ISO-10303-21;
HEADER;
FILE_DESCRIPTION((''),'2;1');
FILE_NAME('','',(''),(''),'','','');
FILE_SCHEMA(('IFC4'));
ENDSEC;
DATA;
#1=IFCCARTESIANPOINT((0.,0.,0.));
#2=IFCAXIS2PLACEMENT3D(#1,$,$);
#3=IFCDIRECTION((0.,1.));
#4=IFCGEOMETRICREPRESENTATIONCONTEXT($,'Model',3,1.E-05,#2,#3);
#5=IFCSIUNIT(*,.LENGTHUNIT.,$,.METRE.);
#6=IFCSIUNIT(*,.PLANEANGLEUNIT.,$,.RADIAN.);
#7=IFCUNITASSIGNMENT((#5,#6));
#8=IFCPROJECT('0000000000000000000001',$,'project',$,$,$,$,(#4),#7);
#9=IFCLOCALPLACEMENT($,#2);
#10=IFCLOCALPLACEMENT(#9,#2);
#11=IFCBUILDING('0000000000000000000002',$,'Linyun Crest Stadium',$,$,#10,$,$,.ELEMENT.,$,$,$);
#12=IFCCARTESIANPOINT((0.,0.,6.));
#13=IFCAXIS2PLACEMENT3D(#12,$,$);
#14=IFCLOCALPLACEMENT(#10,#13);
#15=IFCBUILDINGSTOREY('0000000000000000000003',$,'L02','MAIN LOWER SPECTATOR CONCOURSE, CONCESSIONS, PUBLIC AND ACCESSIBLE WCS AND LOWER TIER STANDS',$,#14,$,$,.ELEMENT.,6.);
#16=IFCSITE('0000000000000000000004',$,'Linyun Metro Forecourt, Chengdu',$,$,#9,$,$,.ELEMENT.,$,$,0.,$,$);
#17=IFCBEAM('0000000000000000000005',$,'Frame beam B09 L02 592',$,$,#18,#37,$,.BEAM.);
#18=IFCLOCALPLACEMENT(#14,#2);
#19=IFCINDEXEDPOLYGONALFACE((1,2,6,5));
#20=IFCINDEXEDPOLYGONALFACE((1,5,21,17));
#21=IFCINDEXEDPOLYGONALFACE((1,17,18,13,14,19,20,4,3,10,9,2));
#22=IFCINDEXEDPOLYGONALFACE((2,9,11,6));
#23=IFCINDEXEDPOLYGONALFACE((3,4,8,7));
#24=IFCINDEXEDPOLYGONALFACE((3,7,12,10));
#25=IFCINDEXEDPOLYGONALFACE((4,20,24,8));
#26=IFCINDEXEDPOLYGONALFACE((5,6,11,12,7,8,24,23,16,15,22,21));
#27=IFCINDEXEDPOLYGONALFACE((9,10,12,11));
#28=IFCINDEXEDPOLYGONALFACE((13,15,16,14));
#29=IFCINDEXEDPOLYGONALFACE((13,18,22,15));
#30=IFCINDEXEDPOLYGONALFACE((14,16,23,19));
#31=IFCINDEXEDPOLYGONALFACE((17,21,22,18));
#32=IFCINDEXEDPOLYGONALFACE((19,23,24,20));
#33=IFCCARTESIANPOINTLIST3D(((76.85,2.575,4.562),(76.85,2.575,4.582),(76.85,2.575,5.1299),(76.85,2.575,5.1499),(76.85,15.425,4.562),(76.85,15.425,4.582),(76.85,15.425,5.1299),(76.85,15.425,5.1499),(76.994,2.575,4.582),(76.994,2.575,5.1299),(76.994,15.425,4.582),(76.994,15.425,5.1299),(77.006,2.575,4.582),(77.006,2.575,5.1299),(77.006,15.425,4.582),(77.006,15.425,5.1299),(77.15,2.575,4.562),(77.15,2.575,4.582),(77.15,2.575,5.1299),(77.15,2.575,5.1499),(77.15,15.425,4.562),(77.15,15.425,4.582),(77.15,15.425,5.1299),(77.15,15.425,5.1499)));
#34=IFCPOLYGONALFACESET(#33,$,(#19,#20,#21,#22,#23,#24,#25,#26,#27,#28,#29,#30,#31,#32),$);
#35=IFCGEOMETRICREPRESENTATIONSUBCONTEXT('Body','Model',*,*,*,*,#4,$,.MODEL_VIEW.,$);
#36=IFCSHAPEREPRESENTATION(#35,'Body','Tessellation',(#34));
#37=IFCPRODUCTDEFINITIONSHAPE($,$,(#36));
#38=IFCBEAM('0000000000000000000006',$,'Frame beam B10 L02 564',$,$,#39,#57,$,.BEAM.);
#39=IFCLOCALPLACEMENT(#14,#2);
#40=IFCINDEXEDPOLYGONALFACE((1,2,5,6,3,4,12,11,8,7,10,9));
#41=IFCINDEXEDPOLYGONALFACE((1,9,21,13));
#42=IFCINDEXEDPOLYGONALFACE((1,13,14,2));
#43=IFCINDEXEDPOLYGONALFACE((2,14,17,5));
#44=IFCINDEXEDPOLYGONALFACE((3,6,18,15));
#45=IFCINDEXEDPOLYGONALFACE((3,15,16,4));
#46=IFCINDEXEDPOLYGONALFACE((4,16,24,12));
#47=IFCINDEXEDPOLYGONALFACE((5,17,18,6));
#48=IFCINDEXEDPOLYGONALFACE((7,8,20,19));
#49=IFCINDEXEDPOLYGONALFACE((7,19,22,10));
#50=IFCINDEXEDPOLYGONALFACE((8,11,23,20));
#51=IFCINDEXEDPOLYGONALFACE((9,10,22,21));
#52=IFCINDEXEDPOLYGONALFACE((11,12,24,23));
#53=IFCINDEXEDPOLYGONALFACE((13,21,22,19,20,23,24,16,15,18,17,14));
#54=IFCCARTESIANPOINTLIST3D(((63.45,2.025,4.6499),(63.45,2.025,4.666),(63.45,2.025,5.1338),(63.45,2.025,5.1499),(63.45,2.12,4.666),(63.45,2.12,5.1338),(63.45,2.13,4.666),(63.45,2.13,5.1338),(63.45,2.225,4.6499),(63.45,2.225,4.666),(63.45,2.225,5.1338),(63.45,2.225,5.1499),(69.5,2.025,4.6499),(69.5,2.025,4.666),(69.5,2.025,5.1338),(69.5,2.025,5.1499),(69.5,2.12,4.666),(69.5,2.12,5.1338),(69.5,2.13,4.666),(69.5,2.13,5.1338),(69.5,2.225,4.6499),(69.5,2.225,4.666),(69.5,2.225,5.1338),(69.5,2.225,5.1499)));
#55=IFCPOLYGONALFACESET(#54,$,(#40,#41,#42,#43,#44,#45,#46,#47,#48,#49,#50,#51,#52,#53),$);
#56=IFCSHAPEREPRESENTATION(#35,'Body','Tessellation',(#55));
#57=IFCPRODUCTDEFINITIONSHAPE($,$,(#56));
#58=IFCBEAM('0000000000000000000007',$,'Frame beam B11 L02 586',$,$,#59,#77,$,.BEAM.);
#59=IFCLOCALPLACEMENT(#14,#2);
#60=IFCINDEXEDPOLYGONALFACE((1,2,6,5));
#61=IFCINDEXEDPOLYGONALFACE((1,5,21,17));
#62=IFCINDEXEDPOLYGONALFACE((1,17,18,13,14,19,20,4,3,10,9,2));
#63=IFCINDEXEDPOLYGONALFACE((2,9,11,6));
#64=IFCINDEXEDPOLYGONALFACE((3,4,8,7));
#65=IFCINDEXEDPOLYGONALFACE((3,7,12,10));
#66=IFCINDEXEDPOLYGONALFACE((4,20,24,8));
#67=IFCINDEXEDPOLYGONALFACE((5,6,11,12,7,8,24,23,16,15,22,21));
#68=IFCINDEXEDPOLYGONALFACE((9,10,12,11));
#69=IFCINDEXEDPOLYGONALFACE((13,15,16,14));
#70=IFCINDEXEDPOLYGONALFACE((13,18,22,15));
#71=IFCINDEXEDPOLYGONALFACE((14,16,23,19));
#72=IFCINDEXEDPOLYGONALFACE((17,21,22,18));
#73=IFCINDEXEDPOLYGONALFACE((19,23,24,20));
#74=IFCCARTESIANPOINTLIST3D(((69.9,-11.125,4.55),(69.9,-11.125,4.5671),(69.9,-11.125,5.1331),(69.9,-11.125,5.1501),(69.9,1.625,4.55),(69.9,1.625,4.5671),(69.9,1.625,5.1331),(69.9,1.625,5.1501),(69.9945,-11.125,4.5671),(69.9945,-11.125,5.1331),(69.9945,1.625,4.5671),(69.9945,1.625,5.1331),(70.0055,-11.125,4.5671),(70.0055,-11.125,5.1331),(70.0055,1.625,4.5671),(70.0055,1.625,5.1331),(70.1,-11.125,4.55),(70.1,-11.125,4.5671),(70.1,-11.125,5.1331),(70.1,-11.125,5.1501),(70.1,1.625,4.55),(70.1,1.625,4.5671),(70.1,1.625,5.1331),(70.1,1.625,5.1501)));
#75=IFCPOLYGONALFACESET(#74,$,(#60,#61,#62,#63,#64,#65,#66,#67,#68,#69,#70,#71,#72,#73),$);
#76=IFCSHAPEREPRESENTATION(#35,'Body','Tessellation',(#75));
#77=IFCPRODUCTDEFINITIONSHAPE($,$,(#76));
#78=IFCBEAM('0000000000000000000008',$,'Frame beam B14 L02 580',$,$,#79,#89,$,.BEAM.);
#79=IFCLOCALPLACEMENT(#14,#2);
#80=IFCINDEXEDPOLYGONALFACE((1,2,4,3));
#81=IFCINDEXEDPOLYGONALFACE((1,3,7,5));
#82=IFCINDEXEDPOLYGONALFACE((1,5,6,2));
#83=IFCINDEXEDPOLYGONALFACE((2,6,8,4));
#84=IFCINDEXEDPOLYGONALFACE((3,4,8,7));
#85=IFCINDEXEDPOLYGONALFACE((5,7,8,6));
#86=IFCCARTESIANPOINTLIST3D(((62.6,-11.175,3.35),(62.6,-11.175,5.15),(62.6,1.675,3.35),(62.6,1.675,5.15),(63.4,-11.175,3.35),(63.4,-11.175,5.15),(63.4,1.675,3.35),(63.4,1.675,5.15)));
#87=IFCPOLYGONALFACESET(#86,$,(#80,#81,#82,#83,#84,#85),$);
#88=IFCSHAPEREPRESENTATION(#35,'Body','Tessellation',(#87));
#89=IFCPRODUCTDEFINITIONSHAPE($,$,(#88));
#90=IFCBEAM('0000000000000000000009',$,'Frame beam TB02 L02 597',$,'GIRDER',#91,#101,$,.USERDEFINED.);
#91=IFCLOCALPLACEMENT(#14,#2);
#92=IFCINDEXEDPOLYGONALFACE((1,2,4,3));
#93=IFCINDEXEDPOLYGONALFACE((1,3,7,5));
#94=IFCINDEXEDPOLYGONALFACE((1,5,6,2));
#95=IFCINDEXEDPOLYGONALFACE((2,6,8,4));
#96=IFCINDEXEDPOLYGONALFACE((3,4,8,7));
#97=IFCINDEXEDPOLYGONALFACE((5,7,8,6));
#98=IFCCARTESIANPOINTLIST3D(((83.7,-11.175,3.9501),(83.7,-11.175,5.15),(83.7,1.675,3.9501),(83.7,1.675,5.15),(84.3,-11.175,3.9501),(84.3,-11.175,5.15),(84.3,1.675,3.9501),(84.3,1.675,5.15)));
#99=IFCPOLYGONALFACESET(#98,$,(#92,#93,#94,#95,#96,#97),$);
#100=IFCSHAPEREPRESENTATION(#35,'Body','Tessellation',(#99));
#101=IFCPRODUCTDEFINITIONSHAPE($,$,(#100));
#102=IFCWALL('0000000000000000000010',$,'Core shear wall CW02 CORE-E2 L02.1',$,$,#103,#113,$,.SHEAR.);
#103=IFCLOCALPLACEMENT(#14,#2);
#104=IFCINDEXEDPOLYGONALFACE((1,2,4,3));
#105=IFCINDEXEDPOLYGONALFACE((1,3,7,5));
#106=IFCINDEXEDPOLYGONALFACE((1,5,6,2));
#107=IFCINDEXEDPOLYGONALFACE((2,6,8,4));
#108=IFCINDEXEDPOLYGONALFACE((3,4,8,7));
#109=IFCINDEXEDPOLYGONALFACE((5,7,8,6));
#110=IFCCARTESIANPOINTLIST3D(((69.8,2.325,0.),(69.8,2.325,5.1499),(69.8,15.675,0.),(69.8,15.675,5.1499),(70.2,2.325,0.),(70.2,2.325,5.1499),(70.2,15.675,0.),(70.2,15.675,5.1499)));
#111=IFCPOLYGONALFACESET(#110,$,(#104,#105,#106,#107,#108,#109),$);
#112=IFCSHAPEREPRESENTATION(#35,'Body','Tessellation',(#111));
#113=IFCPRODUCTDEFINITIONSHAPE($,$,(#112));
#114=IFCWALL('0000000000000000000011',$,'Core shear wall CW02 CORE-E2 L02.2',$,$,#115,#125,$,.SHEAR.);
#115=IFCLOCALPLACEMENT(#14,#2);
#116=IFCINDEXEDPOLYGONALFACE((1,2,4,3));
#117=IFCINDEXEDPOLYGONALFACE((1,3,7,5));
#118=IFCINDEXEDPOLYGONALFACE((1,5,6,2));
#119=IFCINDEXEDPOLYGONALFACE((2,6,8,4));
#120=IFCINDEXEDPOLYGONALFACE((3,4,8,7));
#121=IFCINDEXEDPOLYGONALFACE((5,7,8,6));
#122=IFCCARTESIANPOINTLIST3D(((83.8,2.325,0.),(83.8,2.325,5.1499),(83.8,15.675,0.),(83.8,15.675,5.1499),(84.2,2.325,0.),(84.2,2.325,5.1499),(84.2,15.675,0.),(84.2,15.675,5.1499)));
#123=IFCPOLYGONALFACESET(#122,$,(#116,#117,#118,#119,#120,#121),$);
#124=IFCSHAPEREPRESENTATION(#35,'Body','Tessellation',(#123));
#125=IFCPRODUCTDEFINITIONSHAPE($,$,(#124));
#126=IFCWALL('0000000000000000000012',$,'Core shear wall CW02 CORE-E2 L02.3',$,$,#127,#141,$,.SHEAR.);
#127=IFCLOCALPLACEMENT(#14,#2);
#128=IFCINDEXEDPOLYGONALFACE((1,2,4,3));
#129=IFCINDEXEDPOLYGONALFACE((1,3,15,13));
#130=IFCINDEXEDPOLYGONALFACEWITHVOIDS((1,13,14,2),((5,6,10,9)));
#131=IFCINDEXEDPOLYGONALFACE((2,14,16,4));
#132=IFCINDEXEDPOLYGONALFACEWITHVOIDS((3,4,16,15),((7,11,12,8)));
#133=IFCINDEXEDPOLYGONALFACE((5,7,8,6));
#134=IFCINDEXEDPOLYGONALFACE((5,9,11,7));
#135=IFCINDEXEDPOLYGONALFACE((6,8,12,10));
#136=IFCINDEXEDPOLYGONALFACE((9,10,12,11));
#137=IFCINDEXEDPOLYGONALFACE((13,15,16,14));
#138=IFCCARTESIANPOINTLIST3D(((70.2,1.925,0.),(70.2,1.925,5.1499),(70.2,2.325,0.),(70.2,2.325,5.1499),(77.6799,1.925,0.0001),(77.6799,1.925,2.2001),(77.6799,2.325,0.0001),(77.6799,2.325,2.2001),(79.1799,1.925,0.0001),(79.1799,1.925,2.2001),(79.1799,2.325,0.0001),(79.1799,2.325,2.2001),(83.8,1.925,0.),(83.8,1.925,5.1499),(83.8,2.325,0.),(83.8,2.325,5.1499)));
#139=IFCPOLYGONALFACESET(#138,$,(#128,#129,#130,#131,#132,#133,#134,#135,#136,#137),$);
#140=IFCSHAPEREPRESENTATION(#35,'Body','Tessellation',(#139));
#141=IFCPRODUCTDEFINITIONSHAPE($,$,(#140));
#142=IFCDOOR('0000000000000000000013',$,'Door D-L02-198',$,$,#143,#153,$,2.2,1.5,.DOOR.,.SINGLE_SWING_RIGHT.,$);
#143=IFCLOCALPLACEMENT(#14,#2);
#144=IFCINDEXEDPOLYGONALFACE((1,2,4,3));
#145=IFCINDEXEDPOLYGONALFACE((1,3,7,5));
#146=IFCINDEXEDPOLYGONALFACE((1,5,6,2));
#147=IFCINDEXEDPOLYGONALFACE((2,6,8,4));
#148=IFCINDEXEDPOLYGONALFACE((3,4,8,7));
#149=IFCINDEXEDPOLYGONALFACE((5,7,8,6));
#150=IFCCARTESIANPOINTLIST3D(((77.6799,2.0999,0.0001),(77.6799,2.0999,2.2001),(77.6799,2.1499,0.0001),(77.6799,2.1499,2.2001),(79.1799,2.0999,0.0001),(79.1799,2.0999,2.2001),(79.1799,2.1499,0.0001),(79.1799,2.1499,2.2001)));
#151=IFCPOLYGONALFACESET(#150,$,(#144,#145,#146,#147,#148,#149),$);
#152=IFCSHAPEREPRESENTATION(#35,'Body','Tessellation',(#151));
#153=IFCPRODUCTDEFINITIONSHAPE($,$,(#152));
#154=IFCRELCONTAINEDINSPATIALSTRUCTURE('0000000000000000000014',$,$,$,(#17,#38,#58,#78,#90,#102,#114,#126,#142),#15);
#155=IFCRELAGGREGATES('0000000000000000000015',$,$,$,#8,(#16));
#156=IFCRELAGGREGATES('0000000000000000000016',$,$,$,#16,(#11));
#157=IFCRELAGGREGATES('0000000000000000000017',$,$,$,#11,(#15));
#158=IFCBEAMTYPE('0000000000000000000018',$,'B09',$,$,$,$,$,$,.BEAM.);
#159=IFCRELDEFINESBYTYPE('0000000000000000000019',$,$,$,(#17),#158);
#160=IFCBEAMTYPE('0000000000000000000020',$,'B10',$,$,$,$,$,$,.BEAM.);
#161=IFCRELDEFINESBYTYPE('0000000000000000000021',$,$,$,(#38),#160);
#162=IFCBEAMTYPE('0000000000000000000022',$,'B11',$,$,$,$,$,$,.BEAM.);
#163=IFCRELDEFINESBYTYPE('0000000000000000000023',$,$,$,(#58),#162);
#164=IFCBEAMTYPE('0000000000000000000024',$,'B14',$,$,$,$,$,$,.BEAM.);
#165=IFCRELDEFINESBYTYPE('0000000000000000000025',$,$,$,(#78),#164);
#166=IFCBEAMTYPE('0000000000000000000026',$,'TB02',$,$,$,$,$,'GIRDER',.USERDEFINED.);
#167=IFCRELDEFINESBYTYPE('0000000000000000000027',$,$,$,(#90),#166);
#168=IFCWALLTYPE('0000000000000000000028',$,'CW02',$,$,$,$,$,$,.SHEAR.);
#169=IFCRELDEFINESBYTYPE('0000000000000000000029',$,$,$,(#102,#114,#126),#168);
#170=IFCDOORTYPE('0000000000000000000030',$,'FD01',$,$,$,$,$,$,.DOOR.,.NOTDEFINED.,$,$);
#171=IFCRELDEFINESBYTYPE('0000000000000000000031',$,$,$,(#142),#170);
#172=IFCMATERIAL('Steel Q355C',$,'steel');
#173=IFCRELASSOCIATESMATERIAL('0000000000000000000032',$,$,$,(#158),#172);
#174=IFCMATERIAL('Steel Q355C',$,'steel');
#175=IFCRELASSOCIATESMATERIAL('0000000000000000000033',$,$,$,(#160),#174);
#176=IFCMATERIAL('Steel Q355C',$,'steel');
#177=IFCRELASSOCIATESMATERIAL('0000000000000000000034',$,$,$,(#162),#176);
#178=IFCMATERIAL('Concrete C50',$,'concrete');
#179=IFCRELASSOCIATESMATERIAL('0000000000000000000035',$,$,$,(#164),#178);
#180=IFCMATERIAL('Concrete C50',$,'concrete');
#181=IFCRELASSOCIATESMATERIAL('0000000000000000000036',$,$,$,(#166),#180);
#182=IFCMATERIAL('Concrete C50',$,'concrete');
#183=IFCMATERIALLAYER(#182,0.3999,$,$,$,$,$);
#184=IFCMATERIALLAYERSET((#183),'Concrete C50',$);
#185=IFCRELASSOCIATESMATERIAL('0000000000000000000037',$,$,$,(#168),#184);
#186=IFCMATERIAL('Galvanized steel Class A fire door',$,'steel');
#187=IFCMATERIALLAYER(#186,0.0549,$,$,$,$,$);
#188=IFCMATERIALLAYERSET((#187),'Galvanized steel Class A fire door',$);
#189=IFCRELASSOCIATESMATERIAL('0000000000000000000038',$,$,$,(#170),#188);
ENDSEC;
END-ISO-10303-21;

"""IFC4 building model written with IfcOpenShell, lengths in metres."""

from ifc_helpers import new_model, si_unit, direction, frame, frame_2d, origin, origin_2d, place, context, subcontext, project, spatial, rectangle, i_section, extrude, material, layer, layer_set, material_profile, profile_set, type_object, element, fill, save


model = new_model("IFC4")

# Units and contexts
model_context = context("Model", 3, precision=1e-05, world=origin(), true_north=direction((0.0, 1.0)))
body_context = subcontext(model_context, "Body", "Model", "MODEL_VIEW")
ifc_project = project(units=[si_unit("LENGTHUNIT", "METRE"), si_unit("PLANEANGLEUNIT", "RADIAN")], contexts=[model_context])

# Site, building, storey
site_placement = place(None, origin())
site = spatial("IfcSite", under=ifc_project, at=site_placement, Name="Linyun Metro Forecourt, Chengdu", CompositionType="ELEMENT", RefElevation=0.0)
building_placement = place(site_placement, origin())
building = spatial("IfcBuilding", under=site, at=building_placement, Name="Linyun Crest Stadium", CompositionType="ELEMENT")
storey_placement = place(building_placement, frame((0.0, 0.0, 6.0)))
storey = spatial("IfcBuildingStorey", under=building, at=storey_placement, Name="L02", Description="MAIN LOWER SPECTATOR CONCOURSE, CONCESSIONS, PUBLIC AND ACCESSIBLE WCS AND LOWER TIER STANDS", CompositionType="ELEMENT", Elevation=6.0)

# Beams
ifc_material_1 = material(Name="Steel Q355C", Category="steel")
ifc_material_profile_1 = material_profile(ifc_material_1, i_section(OverallWidth=0.3, OverallDepth=0.5879, WebThickness=0.012, FlangeThickness=0.02, at=origin_2d()), Name="HM 588x300")
ifc_profile_set_1 = profile_set([ifc_material_profile_1], Name="Steel Q355C")
beam_type_1 = type_object("IfcBeamType", Name="B09", PredefinedType="BEAM", material=ifc_profile_set_1)
beam_1_placement = place(storey_placement, frame((77.0, 2.575, 4.856), z_axis=(0.0, 1.0, 0.0), x_axis=(-1.0, 0.0, 0.0)))
element("IfcBeam", 1, at=beam_1_placement, inside=storey, type_object=beam_type_1, Name="Frame beam B09 L02 592", PredefinedType="BEAM", context=body_context, shape_type="SweptSolid", body=[
    extrude(i_section(OverallWidth=0.3, OverallDepth=0.5879, WebThickness=0.012, FlangeThickness=0.02, at=origin_2d()), origin(), (0.0, 0.0, 1.0), 12.8501),
])
ifc_material_2 = material(Name="Steel Q355C", Category="steel")
ifc_material_profile_2 = material_profile(ifc_material_2, i_section(OverallWidth=0.2, OverallDepth=0.5, WebThickness=0.01, FlangeThickness=0.0161, at=origin_2d()), Name="HN 500x200")
ifc_profile_set_2 = profile_set([ifc_material_profile_2], Name="Steel Q355C")
beam_type_2 = type_object("IfcBeamType", Name="B10", PredefinedType="BEAM", material=ifc_profile_set_2)
beam_2_placement = place(storey_placement, frame((63.45, 2.125, 4.8999), z_axis=(1.0, 0.0, 0.0), x_axis=(0.0, 1.0, 0.0)))
element("IfcBeam", 2, at=beam_2_placement, inside=storey, type_object=beam_type_2, Name="Frame beam B10 L02 564", PredefinedType="BEAM", context=body_context, shape_type="SweptSolid", body=[
    extrude(i_section(OverallWidth=0.2, OverallDepth=0.5, WebThickness=0.01, FlangeThickness=0.0161, at=origin_2d()), origin(), (0.0, 0.0, 1.0), 6.05),
])
ifc_material_3 = material(Name="Steel Q355C", Category="steel")
ifc_material_profile_3 = material_profile(ifc_material_3, i_section(OverallWidth=0.2, OverallDepth=0.6001, WebThickness=0.011, FlangeThickness=0.0171, at=origin_2d()), Name="HN 600x200")
ifc_profile_set_3 = profile_set([ifc_material_profile_3], Name="Steel Q355C")
beam_type_3 = type_object("IfcBeamType", Name="B11", PredefinedType="BEAM", material=ifc_profile_set_3)
beam_3_placement = place(storey_placement, frame((70.0, -11.125, 4.8501), z_axis=(0.0, 1.0, 0.0), x_axis=(-1.0, 0.0, 0.0)))
element("IfcBeam", 3, at=beam_3_placement, inside=storey, type_object=beam_type_3, Name="Frame beam B11 L02 586", PredefinedType="BEAM", context=body_context, shape_type="SweptSolid", body=[
    extrude(i_section(OverallWidth=0.2, OverallDepth=0.6001, WebThickness=0.011, FlangeThickness=0.0171, at=origin_2d()), origin(), (0.0, 0.0, 1.0), 12.75),
])
ifc_material_4 = material(Name="Concrete C50", Category="concrete")
ifc_material_profile_4 = material_profile(ifc_material_4, rectangle(XDim=0.8, YDim=1.8, at=origin_2d()), Name="RCB 1800x800")
ifc_profile_set_4 = profile_set([ifc_material_profile_4], Name="Concrete C50")
beam_type_4 = type_object("IfcBeamType", Name="B14", PredefinedType="BEAM", material=ifc_profile_set_4)
beam_4_placement = place(storey_placement, frame((63.0, -11.175, 4.25), z_axis=(0.0, 1.0, 0.0), x_axis=(-1.0, 0.0, 0.0)))
element("IfcBeam", 4, at=beam_4_placement, inside=storey, type_object=beam_type_4, Name="Frame beam B14 L02 580", PredefinedType="BEAM", context=body_context, shape_type="SweptSolid", body=[
    extrude(rectangle(XDim=0.8, YDim=1.8, at=origin_2d()), origin(), (0.0, 0.0, 1.0), 12.8501),
])
ifc_material_5 = material(Name="Concrete C50", Category="concrete")
ifc_material_profile_5 = material_profile(ifc_material_5, rectangle(XDim=0.6001, YDim=1.2, at=origin_2d()), Name="RCB 1200x600")
ifc_profile_set_5 = profile_set([ifc_material_profile_5], Name="Concrete C50")
beam_type_5 = type_object("IfcBeamType", Name="TB02", ElementType="GIRDER", PredefinedType="USERDEFINED", material=ifc_profile_set_5)
beam_5_placement = place(storey_placement, frame((84.0, -11.175, 4.55), z_axis=(0.0, 1.0, 0.0), x_axis=(-1.0, 0.0, 0.0)))
element("IfcBeam", 5, at=beam_5_placement, inside=storey, type_object=beam_type_5, Name="Frame beam TB02 L02 597", ObjectType="GIRDER", PredefinedType="USERDEFINED", context=body_context, shape_type="SweptSolid", body=[
    extrude(rectangle(XDim=0.6001, YDim=1.2, at=origin_2d()), origin(), (0.0, 0.0, 1.0), 12.8501),
])

# Walls
ifc_material_6 = material(Name="Concrete C50", Category="concrete")
ifc_layer_1 = layer(ifc_material_6, 0.3999)
ifc_layer_set_1 = layer_set([ifc_layer_1], Name="Concrete C50")
wall_type_1 = type_object("IfcWallType", Name="CW02", PredefinedType="SHEAR", material=ifc_layer_set_1)
for number, where, z_axis, x_axis, name in (
    (6, (70.0, 2.325, 0.0), (0.0, 0.0, 1.0), (0.0, 1.0, 0.0), "Core shear wall CW02 CORE-E2 L02.1"),
    (7, (84.0, 2.325, 0.0), (0.0, 0.0, 1.0), (0.0, 1.0, 0.0), "Core shear wall CW02 CORE-E2 L02.2"),
):
    element("IfcWall", number, at=place(storey_placement, frame(where, z_axis=z_axis, x_axis=x_axis)), inside=storey, type_object=wall_type_1, Name=name, PredefinedType="SHEAR", context=body_context, shape_type="SweptSolid", body=[
        extrude(rectangle(XDim=13.3501, YDim=0.3999, at=frame_2d((6.675, 0.0))), origin(), (0.0, 0.0, 1.0), 5.1499),
    ])

# Wall, opening, door
wall_1_placement = place(storey_placement, frame((70.2, 2.125, 0.0), z_axis=(0.0, 0.0, 1.0), x_axis=(1.0, 0.0, 0.0)))
wall_1 = element("IfcWall", 8, at=wall_1_placement, inside=storey, type_object=wall_type_1, Name="Core shear wall CW02 CORE-E2 L02.3", PredefinedType="SHEAR", context=body_context, shape_type="SweptSolid", body=[
    extrude(rectangle(XDim=13.6001, YDim=0.3999, at=frame_2d((6.8, 0.0))), origin(), (0.0, 0.0, 1.0), 5.1499),
])
opening_1_placement = place(wall_1_placement, frame((7.48, 0.0, 0.0)))
opening_1 = element("IfcOpeningElement", 9, at=opening_1_placement, cuts=wall_1, PredefinedType="OPENING", context=body_context, shape_type="SweptSolid", body=[
    extrude(rectangle(XDim=1.5, YDim=2.2, at=frame_2d((0.75, 1.1001))), frame((0.0, 0.21, 0.0), z_axis=(0.0, -1.0, 0.0), x_axis=(1.0, 0.0, 0.0)), (0.0, 0.0, 1.0), 0.4199),
])
ifc_material_7 = material(Name="Galvanized steel Class A fire door", Category="steel")
ifc_layer_2 = layer(ifc_material_7, 0.0549)
ifc_layer_set_2 = layer_set([ifc_layer_2], Name="Galvanized steel Class A fire door")
door_type_1 = type_object("IfcDoorType", Name="FD01", OperationType="NOTDEFINED", PredefinedType="DOOR", material=ifc_layer_set_2)
door_1_placement = place(opening_1_placement, origin())
door_1 = element("IfcDoor", 10, at=door_1_placement, inside=storey, type_object=door_type_1, Name="Door D-L02-198", OperationType="SINGLE_SWING_RIGHT", OverallHeight=2.2, OverallWidth=1.5, PredefinedType="DOOR", context=body_context, shape_type="SweptSolid", body=[
    extrude(rectangle(XDim=1.5, YDim=2.2, at=frame_2d((0.75, 1.1001))), frame((0.0, 0.0249, 0.0), z_axis=(0.0, -1.0, 0.0), x_axis=(1.0, 0.0, 0.0)), (0.0, 0.0, 1.0), 0.05),
])
fill(opening_1, door_1)

save(model, "model.ifc")
